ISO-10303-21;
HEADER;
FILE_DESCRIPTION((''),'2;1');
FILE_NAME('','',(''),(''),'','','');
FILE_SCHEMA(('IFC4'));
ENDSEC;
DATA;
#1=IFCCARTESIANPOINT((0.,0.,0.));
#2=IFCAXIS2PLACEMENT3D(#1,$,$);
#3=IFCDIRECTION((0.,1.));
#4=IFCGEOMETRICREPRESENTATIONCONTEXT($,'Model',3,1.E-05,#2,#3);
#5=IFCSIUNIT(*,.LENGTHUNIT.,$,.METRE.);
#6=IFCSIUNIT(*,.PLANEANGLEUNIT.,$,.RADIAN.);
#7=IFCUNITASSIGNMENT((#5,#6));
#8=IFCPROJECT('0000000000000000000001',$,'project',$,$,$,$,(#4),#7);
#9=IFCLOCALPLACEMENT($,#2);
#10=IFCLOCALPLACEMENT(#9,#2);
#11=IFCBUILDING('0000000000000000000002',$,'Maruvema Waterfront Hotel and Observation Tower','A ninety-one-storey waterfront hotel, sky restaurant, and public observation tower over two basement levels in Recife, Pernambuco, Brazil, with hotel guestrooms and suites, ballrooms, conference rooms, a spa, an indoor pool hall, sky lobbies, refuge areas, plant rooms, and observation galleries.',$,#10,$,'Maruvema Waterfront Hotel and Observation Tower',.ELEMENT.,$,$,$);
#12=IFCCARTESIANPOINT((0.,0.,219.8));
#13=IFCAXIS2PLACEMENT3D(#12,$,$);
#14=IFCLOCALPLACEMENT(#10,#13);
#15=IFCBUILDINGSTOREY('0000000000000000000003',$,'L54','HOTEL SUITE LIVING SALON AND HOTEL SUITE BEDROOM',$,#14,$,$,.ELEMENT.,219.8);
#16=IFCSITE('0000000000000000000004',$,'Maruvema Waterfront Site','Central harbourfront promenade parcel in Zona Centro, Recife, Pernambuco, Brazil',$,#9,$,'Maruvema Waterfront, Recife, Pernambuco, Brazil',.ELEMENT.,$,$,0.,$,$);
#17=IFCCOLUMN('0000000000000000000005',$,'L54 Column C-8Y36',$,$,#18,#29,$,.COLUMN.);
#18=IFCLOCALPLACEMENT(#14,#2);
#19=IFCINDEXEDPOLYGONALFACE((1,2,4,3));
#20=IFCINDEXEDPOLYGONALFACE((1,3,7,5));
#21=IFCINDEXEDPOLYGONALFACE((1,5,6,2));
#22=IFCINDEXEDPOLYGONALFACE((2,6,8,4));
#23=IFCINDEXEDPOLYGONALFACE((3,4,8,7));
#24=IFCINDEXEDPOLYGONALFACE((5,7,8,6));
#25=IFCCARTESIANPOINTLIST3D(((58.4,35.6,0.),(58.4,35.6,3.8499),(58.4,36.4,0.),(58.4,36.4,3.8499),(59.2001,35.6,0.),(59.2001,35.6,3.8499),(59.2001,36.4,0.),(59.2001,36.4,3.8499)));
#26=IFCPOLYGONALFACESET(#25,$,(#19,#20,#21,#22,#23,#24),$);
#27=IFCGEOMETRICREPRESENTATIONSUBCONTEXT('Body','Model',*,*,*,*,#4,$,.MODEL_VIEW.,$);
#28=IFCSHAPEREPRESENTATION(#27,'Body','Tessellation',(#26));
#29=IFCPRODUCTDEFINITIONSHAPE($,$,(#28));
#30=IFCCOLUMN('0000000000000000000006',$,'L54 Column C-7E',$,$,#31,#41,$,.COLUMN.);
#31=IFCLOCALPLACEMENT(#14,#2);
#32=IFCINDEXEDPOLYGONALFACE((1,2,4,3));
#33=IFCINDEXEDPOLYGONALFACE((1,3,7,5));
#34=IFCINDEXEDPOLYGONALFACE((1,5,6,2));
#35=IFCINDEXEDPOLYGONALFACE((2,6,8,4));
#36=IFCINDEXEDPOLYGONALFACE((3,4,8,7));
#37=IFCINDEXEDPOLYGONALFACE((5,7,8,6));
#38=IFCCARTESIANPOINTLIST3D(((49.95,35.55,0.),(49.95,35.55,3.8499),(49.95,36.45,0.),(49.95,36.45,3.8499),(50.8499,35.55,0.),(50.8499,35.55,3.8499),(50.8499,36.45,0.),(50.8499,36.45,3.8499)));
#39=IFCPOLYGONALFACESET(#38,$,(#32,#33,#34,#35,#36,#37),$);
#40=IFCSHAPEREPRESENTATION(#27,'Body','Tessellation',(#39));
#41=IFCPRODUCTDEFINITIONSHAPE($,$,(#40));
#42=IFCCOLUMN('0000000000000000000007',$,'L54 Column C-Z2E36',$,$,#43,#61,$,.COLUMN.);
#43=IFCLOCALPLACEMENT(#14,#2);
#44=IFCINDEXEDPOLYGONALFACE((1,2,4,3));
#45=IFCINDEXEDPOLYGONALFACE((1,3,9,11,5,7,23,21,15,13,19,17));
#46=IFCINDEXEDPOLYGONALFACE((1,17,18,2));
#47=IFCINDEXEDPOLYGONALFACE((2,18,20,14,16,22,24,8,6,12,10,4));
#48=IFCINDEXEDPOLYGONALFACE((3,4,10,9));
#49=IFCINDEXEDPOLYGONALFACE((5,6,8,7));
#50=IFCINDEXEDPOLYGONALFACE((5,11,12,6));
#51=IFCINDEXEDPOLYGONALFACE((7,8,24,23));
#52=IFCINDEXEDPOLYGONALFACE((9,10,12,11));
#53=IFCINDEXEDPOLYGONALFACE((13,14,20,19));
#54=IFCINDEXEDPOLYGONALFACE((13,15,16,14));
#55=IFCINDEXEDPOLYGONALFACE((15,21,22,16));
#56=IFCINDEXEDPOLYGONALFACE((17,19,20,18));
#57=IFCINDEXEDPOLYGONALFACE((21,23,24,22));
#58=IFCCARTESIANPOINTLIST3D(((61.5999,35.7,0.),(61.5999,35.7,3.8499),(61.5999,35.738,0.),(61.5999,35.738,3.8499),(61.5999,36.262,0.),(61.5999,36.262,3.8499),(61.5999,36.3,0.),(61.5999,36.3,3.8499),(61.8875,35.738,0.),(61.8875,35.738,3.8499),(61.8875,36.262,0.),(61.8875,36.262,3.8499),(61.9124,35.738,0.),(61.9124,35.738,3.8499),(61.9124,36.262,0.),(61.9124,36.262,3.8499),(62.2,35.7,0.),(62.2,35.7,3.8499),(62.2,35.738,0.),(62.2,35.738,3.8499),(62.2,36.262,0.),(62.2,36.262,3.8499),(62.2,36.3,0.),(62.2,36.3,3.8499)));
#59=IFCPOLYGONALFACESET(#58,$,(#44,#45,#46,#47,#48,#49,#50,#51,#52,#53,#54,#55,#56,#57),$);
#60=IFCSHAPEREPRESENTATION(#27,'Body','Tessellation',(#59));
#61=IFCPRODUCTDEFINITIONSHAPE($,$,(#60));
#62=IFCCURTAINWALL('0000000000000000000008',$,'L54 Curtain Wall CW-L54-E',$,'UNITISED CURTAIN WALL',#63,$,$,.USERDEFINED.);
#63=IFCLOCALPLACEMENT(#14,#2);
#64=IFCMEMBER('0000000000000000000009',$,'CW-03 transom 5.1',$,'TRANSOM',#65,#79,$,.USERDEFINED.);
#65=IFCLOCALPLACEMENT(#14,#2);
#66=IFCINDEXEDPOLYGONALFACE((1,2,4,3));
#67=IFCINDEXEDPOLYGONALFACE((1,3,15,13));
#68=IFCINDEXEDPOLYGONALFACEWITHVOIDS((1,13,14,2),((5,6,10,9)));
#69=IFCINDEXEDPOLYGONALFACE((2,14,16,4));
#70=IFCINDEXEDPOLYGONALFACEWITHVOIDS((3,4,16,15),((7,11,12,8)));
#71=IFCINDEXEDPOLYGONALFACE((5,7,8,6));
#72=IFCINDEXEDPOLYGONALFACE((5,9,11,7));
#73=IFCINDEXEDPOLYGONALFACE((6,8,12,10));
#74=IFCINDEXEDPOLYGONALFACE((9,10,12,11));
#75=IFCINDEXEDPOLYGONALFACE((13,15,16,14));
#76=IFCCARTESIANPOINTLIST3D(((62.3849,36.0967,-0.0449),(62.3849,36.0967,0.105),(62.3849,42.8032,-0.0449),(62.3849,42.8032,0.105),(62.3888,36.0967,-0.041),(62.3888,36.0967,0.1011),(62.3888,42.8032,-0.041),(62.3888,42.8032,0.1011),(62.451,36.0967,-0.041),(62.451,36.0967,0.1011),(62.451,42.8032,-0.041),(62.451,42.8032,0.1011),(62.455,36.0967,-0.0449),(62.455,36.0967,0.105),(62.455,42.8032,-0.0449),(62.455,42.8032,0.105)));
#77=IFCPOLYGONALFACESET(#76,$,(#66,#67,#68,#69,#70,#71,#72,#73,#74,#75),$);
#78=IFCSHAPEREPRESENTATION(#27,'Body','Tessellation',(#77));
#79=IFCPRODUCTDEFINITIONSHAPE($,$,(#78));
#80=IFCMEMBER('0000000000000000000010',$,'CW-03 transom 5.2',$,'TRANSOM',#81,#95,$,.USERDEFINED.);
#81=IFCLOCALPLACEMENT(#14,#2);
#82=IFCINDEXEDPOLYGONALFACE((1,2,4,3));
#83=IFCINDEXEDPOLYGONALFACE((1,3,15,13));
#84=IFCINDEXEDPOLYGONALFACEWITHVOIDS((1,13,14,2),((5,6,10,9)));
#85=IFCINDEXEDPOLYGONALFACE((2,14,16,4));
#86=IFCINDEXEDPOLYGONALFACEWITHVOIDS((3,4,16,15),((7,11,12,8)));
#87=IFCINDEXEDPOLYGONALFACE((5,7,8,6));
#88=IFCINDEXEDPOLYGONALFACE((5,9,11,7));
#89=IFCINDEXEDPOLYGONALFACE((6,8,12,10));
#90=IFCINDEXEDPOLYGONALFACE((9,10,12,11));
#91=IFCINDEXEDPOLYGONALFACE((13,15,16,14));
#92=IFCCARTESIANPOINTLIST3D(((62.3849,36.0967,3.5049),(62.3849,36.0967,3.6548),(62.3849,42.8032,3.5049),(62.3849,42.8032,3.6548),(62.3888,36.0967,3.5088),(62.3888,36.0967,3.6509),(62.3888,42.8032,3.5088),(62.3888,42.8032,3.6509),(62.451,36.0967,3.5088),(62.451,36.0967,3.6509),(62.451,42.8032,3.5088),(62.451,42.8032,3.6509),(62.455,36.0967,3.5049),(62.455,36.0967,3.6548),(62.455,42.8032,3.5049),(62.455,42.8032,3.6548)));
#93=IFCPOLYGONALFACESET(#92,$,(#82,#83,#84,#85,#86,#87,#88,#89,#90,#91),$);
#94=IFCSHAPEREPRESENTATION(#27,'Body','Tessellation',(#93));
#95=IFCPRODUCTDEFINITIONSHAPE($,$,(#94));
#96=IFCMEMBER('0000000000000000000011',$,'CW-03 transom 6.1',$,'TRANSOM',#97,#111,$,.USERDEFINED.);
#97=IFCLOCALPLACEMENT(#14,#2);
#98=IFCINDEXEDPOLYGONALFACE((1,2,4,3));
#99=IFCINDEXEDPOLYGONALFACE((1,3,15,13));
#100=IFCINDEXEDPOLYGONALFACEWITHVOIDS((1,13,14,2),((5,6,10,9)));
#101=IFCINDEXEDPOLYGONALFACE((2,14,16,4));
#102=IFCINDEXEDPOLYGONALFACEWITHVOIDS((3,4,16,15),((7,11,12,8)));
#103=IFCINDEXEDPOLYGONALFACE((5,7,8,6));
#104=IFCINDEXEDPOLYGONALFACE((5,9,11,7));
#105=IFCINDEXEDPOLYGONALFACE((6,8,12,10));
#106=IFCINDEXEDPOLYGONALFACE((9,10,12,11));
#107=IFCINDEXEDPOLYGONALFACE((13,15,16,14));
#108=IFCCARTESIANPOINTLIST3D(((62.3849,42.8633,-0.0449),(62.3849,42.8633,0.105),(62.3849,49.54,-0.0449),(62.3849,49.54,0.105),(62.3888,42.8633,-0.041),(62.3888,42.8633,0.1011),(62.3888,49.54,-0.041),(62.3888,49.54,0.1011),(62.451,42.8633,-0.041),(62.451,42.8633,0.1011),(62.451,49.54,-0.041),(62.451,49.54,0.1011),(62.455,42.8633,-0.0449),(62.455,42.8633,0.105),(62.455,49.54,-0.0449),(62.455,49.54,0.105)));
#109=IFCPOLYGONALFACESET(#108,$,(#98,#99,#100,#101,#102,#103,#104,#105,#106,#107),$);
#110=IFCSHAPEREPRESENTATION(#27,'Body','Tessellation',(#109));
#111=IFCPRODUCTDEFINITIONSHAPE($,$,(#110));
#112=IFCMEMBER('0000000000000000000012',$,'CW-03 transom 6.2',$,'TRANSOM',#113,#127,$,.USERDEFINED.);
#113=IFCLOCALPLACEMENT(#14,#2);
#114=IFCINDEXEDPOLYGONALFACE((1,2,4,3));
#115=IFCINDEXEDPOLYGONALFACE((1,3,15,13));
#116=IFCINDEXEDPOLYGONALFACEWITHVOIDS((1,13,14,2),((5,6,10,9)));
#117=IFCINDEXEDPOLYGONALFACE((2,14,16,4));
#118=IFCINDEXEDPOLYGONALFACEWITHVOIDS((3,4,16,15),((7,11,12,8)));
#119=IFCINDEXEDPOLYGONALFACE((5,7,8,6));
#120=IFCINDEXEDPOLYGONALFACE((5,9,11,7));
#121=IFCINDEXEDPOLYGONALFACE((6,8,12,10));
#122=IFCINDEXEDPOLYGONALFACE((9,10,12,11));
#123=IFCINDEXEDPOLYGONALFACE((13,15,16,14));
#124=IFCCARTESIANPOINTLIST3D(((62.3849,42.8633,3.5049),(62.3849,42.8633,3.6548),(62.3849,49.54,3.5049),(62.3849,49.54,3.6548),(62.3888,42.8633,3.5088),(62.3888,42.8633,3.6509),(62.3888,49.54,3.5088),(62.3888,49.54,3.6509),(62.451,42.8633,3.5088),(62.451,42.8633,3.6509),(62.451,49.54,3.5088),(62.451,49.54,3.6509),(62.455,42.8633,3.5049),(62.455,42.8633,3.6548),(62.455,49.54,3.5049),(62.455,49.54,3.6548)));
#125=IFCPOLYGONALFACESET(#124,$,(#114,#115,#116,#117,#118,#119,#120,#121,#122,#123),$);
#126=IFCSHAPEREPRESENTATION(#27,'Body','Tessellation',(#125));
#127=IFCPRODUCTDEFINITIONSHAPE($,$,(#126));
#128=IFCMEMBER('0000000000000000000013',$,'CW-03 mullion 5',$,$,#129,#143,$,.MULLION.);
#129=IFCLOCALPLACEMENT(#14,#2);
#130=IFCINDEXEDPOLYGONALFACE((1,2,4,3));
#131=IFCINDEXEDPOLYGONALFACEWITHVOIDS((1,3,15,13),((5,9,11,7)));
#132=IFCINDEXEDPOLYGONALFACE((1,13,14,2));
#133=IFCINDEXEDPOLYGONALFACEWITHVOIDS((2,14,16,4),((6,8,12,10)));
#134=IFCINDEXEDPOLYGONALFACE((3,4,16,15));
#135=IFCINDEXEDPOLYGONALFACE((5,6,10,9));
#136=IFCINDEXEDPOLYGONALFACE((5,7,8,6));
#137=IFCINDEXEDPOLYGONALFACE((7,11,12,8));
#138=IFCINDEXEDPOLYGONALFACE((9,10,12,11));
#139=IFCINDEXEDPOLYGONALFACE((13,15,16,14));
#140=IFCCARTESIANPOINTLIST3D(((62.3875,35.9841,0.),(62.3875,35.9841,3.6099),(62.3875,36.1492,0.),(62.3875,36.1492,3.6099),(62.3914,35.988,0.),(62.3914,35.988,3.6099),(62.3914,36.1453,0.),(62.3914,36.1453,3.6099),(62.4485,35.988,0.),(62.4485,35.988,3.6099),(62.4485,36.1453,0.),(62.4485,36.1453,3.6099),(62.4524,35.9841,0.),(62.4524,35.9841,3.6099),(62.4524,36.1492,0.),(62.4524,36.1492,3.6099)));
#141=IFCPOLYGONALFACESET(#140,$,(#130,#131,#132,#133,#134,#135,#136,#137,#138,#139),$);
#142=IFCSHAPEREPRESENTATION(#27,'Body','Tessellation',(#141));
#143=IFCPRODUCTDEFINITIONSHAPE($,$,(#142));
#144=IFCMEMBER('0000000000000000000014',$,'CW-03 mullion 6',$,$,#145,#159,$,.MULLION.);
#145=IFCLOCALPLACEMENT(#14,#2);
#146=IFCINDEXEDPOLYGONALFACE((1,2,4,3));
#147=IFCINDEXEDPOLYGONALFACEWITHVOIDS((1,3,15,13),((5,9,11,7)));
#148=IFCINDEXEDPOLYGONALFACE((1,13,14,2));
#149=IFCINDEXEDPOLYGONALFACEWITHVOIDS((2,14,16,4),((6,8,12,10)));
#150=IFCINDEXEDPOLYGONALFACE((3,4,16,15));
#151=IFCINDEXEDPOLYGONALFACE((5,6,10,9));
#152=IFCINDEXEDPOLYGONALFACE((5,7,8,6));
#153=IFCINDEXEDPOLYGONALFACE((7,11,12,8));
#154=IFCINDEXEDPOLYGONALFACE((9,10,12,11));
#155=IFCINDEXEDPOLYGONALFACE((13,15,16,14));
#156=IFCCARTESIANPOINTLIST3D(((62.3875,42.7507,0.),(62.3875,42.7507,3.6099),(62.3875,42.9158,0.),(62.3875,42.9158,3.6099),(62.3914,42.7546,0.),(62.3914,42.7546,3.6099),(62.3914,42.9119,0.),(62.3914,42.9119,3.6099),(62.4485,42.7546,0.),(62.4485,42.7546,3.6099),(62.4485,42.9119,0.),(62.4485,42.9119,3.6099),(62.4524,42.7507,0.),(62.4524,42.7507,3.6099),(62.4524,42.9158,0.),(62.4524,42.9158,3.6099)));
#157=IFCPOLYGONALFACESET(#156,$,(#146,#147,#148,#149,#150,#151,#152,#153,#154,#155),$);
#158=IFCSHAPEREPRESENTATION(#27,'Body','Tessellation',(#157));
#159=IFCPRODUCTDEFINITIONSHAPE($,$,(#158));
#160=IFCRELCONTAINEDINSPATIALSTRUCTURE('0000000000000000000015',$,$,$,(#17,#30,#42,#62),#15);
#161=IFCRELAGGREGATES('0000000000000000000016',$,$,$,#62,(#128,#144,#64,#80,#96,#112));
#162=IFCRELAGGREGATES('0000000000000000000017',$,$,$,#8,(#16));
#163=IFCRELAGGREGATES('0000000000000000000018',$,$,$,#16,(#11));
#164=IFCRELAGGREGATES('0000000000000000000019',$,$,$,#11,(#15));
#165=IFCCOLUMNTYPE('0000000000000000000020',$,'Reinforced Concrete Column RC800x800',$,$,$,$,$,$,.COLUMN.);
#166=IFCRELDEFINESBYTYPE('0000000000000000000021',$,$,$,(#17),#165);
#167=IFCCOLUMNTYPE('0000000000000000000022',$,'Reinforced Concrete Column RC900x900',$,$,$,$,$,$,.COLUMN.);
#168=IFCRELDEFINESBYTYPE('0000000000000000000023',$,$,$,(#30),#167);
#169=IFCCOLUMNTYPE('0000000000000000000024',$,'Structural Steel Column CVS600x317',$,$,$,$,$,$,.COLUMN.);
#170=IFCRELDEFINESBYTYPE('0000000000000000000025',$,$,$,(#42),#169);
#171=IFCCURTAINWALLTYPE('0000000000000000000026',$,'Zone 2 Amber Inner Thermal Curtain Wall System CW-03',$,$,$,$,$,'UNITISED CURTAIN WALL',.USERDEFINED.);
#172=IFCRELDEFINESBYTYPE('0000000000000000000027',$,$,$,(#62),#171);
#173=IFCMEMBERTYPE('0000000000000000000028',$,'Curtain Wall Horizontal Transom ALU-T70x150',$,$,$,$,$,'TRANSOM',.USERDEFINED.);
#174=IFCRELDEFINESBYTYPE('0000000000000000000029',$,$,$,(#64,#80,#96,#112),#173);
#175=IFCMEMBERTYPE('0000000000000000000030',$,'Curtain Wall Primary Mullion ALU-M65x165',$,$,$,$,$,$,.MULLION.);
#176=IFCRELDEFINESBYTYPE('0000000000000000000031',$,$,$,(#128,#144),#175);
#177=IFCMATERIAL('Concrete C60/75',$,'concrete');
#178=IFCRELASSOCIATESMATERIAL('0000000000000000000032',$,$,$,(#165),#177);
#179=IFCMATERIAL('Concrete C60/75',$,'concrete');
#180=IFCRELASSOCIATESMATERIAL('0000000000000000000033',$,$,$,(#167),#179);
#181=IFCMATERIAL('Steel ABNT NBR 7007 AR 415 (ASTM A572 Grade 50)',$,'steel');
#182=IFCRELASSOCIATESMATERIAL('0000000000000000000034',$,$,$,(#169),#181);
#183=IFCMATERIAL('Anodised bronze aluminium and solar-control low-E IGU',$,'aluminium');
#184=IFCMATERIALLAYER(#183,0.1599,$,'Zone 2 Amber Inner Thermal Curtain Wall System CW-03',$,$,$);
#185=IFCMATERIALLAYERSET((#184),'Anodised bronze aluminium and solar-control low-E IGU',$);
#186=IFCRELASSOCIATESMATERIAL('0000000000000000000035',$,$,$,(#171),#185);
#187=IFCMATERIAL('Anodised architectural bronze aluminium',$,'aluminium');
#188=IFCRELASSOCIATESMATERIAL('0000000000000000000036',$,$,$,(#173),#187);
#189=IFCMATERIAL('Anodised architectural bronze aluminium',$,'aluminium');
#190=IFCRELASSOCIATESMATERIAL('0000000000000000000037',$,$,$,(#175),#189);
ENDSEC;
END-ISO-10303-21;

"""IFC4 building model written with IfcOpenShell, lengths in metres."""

from ifc_helpers import new_model, si_unit, direction, frame, origin, origin_2d, place, context, subcontext, project, spatial, rectangle, hollow_rectangle, i_section, extrude, material, layer, layer_set, material_profile, profile_set, type_object, element, aggregate, save


model = new_model("IFC4")

# Units and contexts
model_context = context("Model", 3, precision=1e-05, world=origin(), true_north=direction((0.0, 1.0)))
body_context = subcontext(model_context, "Body", "Model", "MODEL_VIEW")
ifc_project = project(units=[si_unit("LENGTHUNIT", "METRE"), si_unit("PLANEANGLEUNIT", "RADIAN")], contexts=[model_context])

# Site, building, storey
site_placement = place(None, origin())
site = spatial("IfcSite", under=ifc_project, at=site_placement, Name="Maruvema Waterfront Site", Description="Central harbourfront promenade parcel in Zona Centro, Recife, Pernambuco, Brazil", LongName="Maruvema Waterfront, Recife, Pernambuco, Brazil", CompositionType="ELEMENT", RefElevation=0.0)
building_placement = place(site_placement, origin())
building = spatial("IfcBuilding", under=site, at=building_placement, Name="Maruvema Waterfront Hotel and Observation Tower", Description="A ninety-one-storey waterfront hotel, sky restaurant, and public observation tower over two basement levels in Recife, Pernambuco, Brazil, with hotel guestrooms and suites, ballrooms, conference rooms, a spa, an indoor pool hall, sky lobbies, refuge areas, plant rooms, and observation galleries.", LongName="Maruvema Waterfront Hotel and Observation Tower", CompositionType="ELEMENT")
storey_placement = place(building_placement, frame((0.0, 0.0, 219.8)))
storey = spatial("IfcBuildingStorey", under=building, at=storey_placement, Name="L54", Description="HOTEL SUITE LIVING SALON AND HOTEL SUITE BEDROOM", CompositionType="ELEMENT", Elevation=219.8)

# Columns
ifc_material_1 = material(Name="Concrete C60/75", Category="concrete")
ifc_material_profile_1 = material_profile(ifc_material_1, rectangle(XDim=0.8, YDim=0.8, at=origin_2d()), Name="RC800x800")
ifc_profile_set_1 = profile_set([ifc_material_profile_1], Name="Concrete C60/75")
column_type_1 = type_object("IfcColumnType", Name="Reinforced Concrete Column RC800x800", PredefinedType="COLUMN", material=ifc_profile_set_1)
column_1_placement = place(storey_placement, frame((58.8, 36.0, 0.0), z_axis=(0.0, 0.0, 1.0), x_axis=(1.0, 0.0, 0.0)))
element("IfcColumn", 1, at=column_1_placement, inside=storey, type_object=column_type_1, Name="L54 Column C-8Y36", PredefinedType="COLUMN", context=body_context, shape_type="SweptSolid", body=[
    extrude(rectangle(XDim=0.8, YDim=0.8, at=origin_2d()), origin(), (0.0, 0.0, 1.0), 3.8499),
])
ifc_material_2 = material(Name="Concrete C60/75", Category="concrete")
ifc_material_profile_2 = material_profile(ifc_material_2, rectangle(XDim=0.8999, YDim=0.8999, at=origin_2d()), Name="RC900x900")
ifc_profile_set_2 = profile_set([ifc_material_profile_2], Name="Concrete C60/75")
column_type_2 = type_object("IfcColumnType", Name="Reinforced Concrete Column RC900x900", PredefinedType="COLUMN", material=ifc_profile_set_2)
column_2_placement = place(storey_placement, frame((50.3999, 36.0, 0.0), z_axis=(0.0, 0.0, 1.0), x_axis=(1.0, 0.0, 0.0)))
element("IfcColumn", 2, at=column_2_placement, inside=storey, type_object=column_type_2, Name="L54 Column C-7E", PredefinedType="COLUMN", context=body_context, shape_type="SweptSolid", body=[
    extrude(rectangle(XDim=0.8999, YDim=0.8999, at=origin_2d()), origin(), (0.0, 0.0, 1.0), 3.8499),
])
ifc_material_3 = material(Name="Steel ABNT NBR 7007 AR 415 (ASTM A572 Grade 50)", Category="steel")
ifc_material_profile_3 = material_profile(ifc_material_3, i_section(OverallWidth=0.6001, OverallDepth=0.6001, WebThickness=0.0249, FlangeThickness=0.0381, at=origin_2d()), Name="CVS600x317")
ifc_profile_set_3 = profile_set([ifc_material_profile_3], Name="Steel ABNT NBR 7007 AR 415 (ASTM A572 Grade 50)")
column_type_3 = type_object("IfcColumnType", Name="Structural Steel Column CVS600x317", PredefinedType="COLUMN", material=ifc_profile_set_3)
column_3_placement = place(storey_placement, frame((61.8999, 36.0, 0.0), z_axis=(0.0, 0.0, 1.0), x_axis=(1.0, 0.0, 0.0)))
element("IfcColumn", 3, at=column_3_placement, inside=storey, type_object=column_type_3, Name="L54 Column C-Z2E36", PredefinedType="COLUMN", context=body_context, shape_type="SweptSolid", body=[
    extrude(i_section(OverallWidth=0.6001, OverallDepth=0.6001, WebThickness=0.0249, FlangeThickness=0.0381, at=origin_2d()), origin(), (0.0, 0.0, 1.0), 3.8499),
])

# Curtain wall, members
ifc_material_4 = material(Name="Anodised bronze aluminium and solar-control low-E IGU", Category="aluminium")
ifc_layer_1 = layer(ifc_material_4, 0.1599, Name="Zone 2 Amber Inner Thermal Curtain Wall System CW-03")
ifc_layer_set_1 = layer_set([ifc_layer_1], Name="Anodised bronze aluminium and solar-control low-E IGU")
curtain_wall_type = type_object("IfcCurtainWallType", Name="Zone 2 Amber Inner Thermal Curtain Wall System CW-03", ElementType="UNITISED CURTAIN WALL", PredefinedType="USERDEFINED", material=ifc_layer_set_1)
curtain_wall_placement = place(storey_placement, origin())
curtain_wall = element("IfcCurtainWall", 4, at=curtain_wall_placement, inside=storey, type_object=curtain_wall_type, Name="L54 Curtain Wall CW-L54-E", ObjectType="UNITISED CURTAIN WALL", PredefinedType="USERDEFINED")
ifc_material_5 = material(Name="Anodised architectural bronze aluminium", Category="aluminium")
ifc_material_profile_4 = material_profile(ifc_material_5, hollow_rectangle(XDim=0.0701, YDim=0.1499, WallThickness=0.0039, at=origin_2d()), Name="ALU-T70x150")
ifc_profile_set_4 = profile_set([ifc_material_profile_4], Name="Anodised architectural bronze aluminium")
member_type_1 = type_object("IfcMemberType", Name="Curtain Wall Horizontal Transom ALU-T70x150", ElementType="TRANSOM", PredefinedType="USERDEFINED", material=ifc_profile_set_4)
member_1_placement = place(storey_placement, frame((62.4199, 36.0967, 0.03), z_axis=(0.0, 1.0, 0.0), x_axis=(-1.0, 0.0, 0.0)))
member_1 = element("IfcMember", 5, at=member_1_placement, type_object=member_type_1, Name="CW-03 transom 5.1", ObjectType="TRANSOM", PredefinedType="USERDEFINED", context=body_context, shape_type="SweptSolid", body=[
    extrude(hollow_rectangle(XDim=0.0701, YDim=0.1499, WallThickness=0.0039, at=origin_2d()), origin(), (0.0, 0.0, 1.0), 6.7065),
])
member_2_placement = place(storey_placement, frame((62.4199, 36.0967, 3.5798), z_axis=(0.0, 1.0, 0.0), x_axis=(-1.0, 0.0, 0.0)))
member_2 = element("IfcMember", 6, at=member_2_placement, type_object=member_type_1, Name="CW-03 transom 5.2", ObjectType="TRANSOM", PredefinedType="USERDEFINED", context=body_context, shape_type="SweptSolid", body=[
    extrude(hollow_rectangle(XDim=0.0701, YDim=0.1499, WallThickness=0.0039, at=origin_2d()), origin(), (0.0, 0.0, 1.0), 6.7065),
])
member_3_placement = place(storey_placement, frame((62.4199, 42.8633, 0.03), z_axis=(0.0, 1.0, 0.0), x_axis=(-1.0, 0.0, 0.0)))
member_3 = element("IfcMember", 7, at=member_3_placement, type_object=member_type_1, Name="CW-03 transom 6.1", ObjectType="TRANSOM", PredefinedType="USERDEFINED", context=body_context, shape_type="SweptSolid", body=[
    extrude(hollow_rectangle(XDim=0.0701, YDim=0.1499, WallThickness=0.0039, at=origin_2d()), origin(), (0.0, 0.0, 1.0), 6.6768),
])
member_4_placement = place(storey_placement, frame((62.4199, 42.8633, 3.5798), z_axis=(0.0, 1.0, 0.0), x_axis=(-1.0, 0.0, 0.0)))
member_4 = element("IfcMember", 8, at=member_4_placement, type_object=member_type_1, Name="CW-03 transom 6.2", ObjectType="TRANSOM", PredefinedType="USERDEFINED", context=body_context, shape_type="SweptSolid", body=[
    extrude(hollow_rectangle(XDim=0.0701, YDim=0.1499, WallThickness=0.0039, at=origin_2d()), origin(), (0.0, 0.0, 1.0), 6.6768),
])
ifc_material_6 = material(Name="Anodised architectural bronze aluminium", Category="aluminium")
ifc_material_profile_5 = material_profile(ifc_material_6, hollow_rectangle(XDim=0.0649, YDim=0.165, WallThickness=0.0039, at=origin_2d()), Name="ALU-M65x165")
ifc_profile_set_5 = profile_set([ifc_material_profile_5], Name="Anodised architectural bronze aluminium")
member_type_2 = type_object("IfcMemberType", Name="Curtain Wall Primary Mullion ALU-M65x165", PredefinedType="MULLION", material=ifc_profile_set_5)
member_5_placement = place(storey_placement, frame((62.4199, 36.0667, 0.0), z_axis=(0.0, 0.0, 1.0), x_axis=(-1.0, 0.0, 0.0)))
member_5 = element("IfcMember", 9, at=member_5_placement, type_object=member_type_2, Name="CW-03 mullion 5", PredefinedType="MULLION", context=body_context, shape_type="SweptSolid", body=[
    extrude(hollow_rectangle(XDim=0.0649, YDim=0.165, WallThickness=0.0039, at=origin_2d()), origin(), (0.0, 0.0, 1.0), 3.6099),
])
member_6_placement = place(storey_placement, frame((62.4199, 42.8333, 0.0), z_axis=(0.0, 0.0, 1.0), x_axis=(-1.0, 0.0, 0.0)))
member_6 = element("IfcMember", 10, at=member_6_placement, type_object=member_type_2, Name="CW-03 mullion 6", PredefinedType="MULLION", context=body_context, shape_type="SweptSolid", body=[
    extrude(hollow_rectangle(XDim=0.0649, YDim=0.165, WallThickness=0.0039, at=origin_2d()), origin(), (0.0, 0.0, 1.0), 3.6099),
])

aggregate(curtain_wall, [member_5, member_6, member_1, member_2, member_3, member_4])

save(model, "model.ifc")
